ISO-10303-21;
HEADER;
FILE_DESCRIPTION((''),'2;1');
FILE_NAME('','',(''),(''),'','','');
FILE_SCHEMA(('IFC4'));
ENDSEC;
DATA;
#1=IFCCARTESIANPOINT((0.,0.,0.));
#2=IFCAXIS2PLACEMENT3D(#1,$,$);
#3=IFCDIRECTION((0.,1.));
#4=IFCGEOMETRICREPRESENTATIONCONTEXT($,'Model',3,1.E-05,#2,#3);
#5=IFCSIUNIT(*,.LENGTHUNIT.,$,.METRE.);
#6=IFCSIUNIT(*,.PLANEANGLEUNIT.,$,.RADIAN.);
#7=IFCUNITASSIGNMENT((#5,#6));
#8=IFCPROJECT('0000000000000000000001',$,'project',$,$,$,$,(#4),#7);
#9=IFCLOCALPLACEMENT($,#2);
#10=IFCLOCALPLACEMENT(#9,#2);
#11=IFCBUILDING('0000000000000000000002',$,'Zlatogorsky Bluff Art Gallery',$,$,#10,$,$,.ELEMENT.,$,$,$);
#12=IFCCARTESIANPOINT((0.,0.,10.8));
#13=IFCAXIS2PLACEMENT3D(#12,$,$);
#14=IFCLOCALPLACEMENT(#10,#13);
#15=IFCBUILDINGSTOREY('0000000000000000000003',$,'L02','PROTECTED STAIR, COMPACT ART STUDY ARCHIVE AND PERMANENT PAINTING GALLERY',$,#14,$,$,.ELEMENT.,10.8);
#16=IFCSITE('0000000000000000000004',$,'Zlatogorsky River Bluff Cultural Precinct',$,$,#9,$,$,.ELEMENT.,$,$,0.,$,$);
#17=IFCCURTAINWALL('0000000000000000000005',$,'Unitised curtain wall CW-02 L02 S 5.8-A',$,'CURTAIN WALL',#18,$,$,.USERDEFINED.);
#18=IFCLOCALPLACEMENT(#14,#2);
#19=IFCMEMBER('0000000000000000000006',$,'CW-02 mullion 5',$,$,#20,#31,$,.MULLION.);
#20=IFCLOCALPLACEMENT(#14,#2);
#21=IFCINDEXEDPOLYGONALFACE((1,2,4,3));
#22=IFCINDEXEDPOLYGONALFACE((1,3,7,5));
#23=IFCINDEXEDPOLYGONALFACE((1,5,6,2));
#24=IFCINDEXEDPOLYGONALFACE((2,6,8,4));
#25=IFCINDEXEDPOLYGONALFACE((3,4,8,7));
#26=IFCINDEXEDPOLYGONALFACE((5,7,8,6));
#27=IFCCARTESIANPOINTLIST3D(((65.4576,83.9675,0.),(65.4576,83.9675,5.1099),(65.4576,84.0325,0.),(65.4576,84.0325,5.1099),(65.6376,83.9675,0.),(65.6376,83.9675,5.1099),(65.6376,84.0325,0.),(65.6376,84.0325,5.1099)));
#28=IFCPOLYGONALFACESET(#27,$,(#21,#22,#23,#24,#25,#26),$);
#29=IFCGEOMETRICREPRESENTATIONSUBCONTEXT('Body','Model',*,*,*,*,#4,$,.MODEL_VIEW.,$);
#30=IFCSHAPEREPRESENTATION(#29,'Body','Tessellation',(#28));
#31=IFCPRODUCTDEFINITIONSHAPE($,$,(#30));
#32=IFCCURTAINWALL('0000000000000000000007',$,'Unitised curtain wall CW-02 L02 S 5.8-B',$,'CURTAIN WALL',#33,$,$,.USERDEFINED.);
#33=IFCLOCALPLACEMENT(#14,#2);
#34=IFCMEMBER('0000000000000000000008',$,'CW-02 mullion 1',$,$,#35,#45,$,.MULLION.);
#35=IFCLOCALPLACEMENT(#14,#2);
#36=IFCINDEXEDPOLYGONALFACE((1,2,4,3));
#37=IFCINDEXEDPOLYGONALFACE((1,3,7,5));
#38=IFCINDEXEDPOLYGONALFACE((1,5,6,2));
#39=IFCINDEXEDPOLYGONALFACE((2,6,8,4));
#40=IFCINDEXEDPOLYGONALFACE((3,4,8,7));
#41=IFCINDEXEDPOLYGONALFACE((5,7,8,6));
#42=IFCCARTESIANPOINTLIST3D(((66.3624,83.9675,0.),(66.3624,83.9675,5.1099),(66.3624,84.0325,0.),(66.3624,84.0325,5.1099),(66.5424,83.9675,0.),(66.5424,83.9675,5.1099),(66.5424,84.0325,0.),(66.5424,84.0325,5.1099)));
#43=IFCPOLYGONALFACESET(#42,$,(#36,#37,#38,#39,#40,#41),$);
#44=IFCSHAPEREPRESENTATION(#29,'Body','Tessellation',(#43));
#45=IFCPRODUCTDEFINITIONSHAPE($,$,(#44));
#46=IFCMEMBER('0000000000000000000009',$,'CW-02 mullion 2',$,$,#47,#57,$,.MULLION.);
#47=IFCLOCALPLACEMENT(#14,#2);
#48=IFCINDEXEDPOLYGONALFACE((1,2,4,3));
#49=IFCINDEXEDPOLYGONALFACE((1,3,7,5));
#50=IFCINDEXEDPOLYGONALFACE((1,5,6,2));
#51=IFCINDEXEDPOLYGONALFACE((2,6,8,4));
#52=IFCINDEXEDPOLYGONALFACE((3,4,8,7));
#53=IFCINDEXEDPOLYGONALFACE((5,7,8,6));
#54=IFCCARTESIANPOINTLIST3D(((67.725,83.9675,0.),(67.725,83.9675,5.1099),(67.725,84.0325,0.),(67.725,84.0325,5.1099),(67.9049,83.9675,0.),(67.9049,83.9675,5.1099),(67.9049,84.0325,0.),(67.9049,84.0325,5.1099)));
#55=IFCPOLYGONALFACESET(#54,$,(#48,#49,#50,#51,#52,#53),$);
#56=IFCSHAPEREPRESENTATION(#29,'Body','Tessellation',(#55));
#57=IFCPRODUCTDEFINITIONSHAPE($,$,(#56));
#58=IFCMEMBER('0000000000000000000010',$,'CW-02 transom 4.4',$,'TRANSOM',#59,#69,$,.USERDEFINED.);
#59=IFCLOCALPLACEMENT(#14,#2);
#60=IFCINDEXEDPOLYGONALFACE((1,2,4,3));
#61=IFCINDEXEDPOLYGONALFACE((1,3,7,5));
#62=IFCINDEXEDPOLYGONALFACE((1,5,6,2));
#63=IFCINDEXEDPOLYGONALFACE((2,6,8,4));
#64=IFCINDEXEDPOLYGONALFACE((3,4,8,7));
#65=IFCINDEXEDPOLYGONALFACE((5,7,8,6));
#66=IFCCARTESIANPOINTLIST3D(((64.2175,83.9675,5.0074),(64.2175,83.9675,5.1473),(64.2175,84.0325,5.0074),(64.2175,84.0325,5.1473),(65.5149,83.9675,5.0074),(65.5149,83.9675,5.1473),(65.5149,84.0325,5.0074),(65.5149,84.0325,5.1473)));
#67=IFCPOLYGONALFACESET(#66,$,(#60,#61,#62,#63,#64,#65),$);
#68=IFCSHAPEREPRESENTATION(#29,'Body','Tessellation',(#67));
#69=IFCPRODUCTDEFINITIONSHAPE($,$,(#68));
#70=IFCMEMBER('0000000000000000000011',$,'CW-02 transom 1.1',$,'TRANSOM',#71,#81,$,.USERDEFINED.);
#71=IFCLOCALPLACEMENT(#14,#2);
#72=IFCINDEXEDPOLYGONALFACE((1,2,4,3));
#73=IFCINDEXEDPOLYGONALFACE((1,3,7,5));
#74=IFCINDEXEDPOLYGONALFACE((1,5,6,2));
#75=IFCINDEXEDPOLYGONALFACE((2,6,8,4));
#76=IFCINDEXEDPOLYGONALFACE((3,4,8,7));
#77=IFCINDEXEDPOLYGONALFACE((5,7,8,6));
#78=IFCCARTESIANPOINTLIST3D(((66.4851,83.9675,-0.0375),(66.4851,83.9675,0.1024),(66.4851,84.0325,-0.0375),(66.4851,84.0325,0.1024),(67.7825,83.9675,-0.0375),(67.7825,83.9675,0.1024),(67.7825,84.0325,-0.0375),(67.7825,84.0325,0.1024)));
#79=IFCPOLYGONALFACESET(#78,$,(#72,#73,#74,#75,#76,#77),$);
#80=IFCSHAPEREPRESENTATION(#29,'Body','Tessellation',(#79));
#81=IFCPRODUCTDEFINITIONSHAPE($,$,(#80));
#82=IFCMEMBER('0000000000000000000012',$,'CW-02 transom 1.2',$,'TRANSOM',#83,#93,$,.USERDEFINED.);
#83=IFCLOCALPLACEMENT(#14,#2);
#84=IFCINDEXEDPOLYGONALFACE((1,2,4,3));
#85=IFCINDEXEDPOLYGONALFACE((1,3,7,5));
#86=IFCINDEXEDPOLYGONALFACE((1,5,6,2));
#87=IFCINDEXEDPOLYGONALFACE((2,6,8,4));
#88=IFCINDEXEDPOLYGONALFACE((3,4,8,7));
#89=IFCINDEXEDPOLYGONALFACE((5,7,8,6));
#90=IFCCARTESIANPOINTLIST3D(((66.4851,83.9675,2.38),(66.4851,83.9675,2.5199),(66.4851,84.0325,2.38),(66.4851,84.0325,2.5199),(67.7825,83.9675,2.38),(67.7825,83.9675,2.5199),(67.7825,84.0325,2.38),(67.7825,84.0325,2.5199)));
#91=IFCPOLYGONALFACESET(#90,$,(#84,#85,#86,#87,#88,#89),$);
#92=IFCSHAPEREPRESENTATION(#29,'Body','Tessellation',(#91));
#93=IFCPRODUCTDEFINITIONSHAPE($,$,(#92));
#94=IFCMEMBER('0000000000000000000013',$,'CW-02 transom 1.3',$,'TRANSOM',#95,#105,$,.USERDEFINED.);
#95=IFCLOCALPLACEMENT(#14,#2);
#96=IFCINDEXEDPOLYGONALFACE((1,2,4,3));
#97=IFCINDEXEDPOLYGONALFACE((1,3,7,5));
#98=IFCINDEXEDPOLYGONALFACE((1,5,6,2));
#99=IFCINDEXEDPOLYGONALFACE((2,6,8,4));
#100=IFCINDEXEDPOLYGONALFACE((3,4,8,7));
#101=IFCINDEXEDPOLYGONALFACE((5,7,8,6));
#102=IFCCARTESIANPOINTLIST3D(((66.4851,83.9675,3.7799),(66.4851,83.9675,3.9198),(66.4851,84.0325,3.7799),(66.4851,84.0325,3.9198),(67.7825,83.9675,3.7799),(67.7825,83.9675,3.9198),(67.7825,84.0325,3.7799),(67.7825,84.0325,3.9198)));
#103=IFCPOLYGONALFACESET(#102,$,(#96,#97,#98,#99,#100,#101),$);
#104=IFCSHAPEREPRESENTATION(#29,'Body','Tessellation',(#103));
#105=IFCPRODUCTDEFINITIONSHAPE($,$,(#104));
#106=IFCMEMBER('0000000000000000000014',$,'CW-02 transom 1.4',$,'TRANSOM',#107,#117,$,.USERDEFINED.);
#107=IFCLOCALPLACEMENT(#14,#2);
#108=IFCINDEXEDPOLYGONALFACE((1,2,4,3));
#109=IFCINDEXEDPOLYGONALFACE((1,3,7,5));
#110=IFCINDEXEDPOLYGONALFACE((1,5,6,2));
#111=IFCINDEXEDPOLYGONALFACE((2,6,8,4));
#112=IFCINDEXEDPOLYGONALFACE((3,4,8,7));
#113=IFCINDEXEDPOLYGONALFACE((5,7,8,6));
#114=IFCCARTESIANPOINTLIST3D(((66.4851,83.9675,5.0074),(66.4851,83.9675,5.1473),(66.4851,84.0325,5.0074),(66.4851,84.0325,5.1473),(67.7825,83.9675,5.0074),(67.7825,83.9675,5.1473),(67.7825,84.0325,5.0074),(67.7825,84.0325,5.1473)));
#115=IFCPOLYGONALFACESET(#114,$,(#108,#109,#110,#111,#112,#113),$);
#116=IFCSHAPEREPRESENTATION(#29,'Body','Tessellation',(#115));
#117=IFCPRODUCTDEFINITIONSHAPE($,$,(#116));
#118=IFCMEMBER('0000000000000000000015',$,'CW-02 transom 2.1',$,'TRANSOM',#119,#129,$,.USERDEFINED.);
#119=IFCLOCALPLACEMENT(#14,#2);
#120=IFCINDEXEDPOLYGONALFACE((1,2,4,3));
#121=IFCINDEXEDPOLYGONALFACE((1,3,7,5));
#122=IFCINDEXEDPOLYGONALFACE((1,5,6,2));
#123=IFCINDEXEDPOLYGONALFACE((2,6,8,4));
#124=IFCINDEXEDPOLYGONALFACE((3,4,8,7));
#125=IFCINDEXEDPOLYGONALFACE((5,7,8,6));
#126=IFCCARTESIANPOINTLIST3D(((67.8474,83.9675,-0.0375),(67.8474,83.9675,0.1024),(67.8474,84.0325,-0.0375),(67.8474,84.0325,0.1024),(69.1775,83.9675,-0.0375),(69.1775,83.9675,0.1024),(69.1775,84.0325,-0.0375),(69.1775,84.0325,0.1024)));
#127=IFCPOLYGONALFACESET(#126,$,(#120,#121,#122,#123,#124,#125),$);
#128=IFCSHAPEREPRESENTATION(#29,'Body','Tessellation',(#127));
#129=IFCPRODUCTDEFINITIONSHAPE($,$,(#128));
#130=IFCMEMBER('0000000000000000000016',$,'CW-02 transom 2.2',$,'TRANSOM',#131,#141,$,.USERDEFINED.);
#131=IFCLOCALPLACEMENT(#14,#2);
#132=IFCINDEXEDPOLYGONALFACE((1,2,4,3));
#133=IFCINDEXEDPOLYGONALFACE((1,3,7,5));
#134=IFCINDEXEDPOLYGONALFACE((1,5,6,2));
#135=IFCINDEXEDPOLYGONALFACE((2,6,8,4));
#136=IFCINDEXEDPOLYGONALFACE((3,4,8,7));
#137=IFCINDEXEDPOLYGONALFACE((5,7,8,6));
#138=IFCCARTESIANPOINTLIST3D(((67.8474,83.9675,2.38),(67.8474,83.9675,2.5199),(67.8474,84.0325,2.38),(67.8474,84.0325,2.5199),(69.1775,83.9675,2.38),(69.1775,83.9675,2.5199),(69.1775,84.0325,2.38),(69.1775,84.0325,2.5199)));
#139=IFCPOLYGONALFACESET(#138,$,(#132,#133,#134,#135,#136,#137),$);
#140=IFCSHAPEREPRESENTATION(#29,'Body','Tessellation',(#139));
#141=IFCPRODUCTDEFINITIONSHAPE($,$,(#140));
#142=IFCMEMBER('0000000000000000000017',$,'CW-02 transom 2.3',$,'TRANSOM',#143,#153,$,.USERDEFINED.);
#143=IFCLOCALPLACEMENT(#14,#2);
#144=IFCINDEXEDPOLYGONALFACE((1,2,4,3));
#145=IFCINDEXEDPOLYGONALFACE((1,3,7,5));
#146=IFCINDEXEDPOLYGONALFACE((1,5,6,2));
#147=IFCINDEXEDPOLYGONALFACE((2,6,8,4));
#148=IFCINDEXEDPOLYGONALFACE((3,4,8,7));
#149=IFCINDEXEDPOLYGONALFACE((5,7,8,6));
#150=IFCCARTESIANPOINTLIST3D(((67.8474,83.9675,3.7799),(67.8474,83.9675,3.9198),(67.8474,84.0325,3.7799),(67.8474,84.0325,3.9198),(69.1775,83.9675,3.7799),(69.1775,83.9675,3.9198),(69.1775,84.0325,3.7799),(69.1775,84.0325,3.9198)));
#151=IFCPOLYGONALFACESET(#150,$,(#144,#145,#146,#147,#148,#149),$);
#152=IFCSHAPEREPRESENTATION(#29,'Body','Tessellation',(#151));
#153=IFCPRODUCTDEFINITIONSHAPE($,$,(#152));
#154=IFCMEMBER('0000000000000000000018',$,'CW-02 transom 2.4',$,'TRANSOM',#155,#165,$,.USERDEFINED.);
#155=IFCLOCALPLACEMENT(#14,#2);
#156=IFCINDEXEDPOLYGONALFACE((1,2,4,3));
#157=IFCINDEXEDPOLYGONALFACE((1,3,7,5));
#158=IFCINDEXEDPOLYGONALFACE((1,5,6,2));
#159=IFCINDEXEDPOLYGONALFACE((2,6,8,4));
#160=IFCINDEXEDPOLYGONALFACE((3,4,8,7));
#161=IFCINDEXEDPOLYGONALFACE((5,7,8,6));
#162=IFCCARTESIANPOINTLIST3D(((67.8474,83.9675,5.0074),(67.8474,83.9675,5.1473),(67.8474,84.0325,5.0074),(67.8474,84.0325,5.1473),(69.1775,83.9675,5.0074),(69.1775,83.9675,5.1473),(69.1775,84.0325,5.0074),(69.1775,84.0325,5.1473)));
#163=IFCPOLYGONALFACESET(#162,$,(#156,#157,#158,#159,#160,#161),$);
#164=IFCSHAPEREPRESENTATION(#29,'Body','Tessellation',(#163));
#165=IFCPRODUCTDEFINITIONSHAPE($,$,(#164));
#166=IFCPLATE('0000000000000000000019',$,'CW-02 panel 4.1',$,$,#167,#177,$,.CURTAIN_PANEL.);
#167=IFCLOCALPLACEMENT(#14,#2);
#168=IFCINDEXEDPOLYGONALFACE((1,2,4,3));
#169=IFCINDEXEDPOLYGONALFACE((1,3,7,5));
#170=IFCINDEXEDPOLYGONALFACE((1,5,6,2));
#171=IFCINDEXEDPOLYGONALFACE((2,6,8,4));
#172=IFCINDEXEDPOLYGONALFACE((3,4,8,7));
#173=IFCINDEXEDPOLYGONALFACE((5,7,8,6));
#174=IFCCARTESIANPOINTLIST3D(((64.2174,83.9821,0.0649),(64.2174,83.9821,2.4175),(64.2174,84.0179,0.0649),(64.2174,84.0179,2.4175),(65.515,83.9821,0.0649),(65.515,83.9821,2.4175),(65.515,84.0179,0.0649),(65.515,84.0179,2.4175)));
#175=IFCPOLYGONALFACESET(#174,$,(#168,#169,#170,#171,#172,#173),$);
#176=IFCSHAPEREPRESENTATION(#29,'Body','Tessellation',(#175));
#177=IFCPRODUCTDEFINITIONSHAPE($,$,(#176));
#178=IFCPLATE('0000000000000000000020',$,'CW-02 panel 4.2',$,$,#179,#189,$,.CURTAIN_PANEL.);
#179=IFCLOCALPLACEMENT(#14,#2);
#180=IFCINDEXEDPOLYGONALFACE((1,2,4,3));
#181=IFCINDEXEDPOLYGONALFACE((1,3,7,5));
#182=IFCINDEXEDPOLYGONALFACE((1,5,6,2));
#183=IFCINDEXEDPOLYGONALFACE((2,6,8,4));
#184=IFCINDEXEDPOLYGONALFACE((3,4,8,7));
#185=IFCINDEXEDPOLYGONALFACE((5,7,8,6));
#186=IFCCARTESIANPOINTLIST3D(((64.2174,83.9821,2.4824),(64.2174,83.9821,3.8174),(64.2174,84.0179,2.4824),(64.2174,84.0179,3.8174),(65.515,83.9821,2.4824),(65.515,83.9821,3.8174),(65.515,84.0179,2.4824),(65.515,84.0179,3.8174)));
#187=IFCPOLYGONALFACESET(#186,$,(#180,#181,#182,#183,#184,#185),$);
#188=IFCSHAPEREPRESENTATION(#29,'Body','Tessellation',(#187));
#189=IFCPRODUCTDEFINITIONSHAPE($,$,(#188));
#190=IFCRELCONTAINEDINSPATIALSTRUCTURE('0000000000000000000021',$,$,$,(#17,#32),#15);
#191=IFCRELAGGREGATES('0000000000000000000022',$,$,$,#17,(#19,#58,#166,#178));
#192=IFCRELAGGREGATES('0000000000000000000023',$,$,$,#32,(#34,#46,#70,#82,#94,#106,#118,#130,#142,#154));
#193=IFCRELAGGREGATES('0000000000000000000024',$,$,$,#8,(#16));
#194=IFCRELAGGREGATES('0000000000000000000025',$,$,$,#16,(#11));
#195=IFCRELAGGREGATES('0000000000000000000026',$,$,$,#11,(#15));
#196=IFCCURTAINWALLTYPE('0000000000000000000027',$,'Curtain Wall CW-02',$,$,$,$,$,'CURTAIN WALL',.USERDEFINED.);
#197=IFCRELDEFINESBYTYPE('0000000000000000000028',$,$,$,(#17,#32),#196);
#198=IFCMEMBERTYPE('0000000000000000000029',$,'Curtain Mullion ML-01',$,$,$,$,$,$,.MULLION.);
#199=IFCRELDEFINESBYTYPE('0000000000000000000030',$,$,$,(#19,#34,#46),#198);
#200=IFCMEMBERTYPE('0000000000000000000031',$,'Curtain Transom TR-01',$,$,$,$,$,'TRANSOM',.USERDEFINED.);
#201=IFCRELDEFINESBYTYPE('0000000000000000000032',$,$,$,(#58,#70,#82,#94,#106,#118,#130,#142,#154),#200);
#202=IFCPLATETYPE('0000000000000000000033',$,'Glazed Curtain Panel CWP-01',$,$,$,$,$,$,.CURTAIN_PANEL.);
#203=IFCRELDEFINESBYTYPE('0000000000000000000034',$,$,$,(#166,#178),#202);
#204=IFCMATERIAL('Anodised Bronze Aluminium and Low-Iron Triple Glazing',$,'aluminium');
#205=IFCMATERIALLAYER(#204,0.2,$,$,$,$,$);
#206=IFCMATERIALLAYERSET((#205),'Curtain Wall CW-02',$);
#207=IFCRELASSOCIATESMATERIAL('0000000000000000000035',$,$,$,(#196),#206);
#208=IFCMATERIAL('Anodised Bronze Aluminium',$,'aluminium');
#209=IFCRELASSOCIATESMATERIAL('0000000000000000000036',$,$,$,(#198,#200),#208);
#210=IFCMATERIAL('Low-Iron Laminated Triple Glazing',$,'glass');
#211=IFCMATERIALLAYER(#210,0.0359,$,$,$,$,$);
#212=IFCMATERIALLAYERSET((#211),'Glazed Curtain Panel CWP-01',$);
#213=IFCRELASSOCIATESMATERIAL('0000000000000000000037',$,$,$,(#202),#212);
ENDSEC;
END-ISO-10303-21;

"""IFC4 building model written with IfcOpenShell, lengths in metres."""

from ifc_helpers import new_model, si_unit, direction, frame, origin, origin_2d, place, context, subcontext, project, spatial, rectangle, extrude, material, layer, layer_set, material_profile, profile_set, type_object, element, aggregate, save


model = new_model("IFC4")

# Units and contexts
model_context = context("Model", 3, precision=1e-05, world=origin(), true_north=direction((0.0, 1.0)))
body_context = subcontext(model_context, "Body", "Model", "MODEL_VIEW")
ifc_project = project(units=[si_unit("LENGTHUNIT", "METRE"), si_unit("PLANEANGLEUNIT", "RADIAN")], contexts=[model_context])

# Site, building, storey
site_placement = place(None, origin())
site = spatial("IfcSite", under=ifc_project, at=site_placement, Name="Zlatogorsky River Bluff Cultural Precinct", CompositionType="ELEMENT", RefElevation=0.0)
building_placement = place(site_placement, origin())
building = spatial("IfcBuilding", under=site, at=building_placement, Name="Zlatogorsky Bluff Art Gallery", CompositionType="ELEMENT")
storey_placement = place(building_placement, frame((0.0, 0.0, 10.8)))
storey = spatial("IfcBuildingStorey", under=building, at=storey_placement, Name="L02", Description="PROTECTED STAIR, COMPACT ART STUDY ARCHIVE AND PERMANENT PAINTING GALLERY", CompositionType="ELEMENT", Elevation=10.8)

# Curtain wall, member
ifc_material_1 = material(Name="Anodised Bronze Aluminium and Low-Iron Triple Glazing", Category="aluminium")
ifc_layer_1 = layer(ifc_material_1, 0.2)
ifc_layer_set_1 = layer_set([ifc_layer_1], Name="Curtain Wall CW-02")
curtain_wall_type = type_object("IfcCurtainWallType", Name="Curtain Wall CW-02", ElementType="CURTAIN WALL", PredefinedType="USERDEFINED", material=ifc_layer_set_1)
curtain_wall_1_placement = place(storey_placement, origin())
curtain_wall_1 = element("IfcCurtainWall", 1, at=curtain_wall_1_placement, inside=storey, type_object=curtain_wall_type, Name="Unitised curtain wall CW-02 L02 S 5.8-A", ObjectType="CURTAIN WALL", PredefinedType="USERDEFINED")
ifc_material_2 = material(Name="Anodised Bronze Aluminium", Category="aluminium")
ifc_material_profile_1 = material_profile(ifc_material_2, rectangle(XDim=0.0649, YDim=0.1799, at=origin_2d()), Name="ALU MULLION 65x180")
ifc_profile_set_1 = profile_set([ifc_material_profile_1], Name="Anodised Bronze Aluminium")
member_type_1 = type_object("IfcMemberType", Name="Curtain Mullion ML-01", PredefinedType="MULLION", material=ifc_profile_set_1)
member_1_placement = place(storey_placement, frame((65.5476, 84.0, 0.0), z_axis=(0.0, 0.0, 1.0), x_axis=(0.0, 1.0, 0.0)))
member_1 = element("IfcMember", 2, at=member_1_placement, type_object=member_type_1, Name="CW-02 mullion 5", PredefinedType="MULLION", context=body_context, shape_type="SweptSolid", body=[
    extrude(rectangle(XDim=0.0649, YDim=0.1799, at=origin_2d()), origin(), (0.0, 0.0, 1.0), 5.1099),
])

# Curtain wall, members
curtain_wall_2_placement = place(storey_placement, origin())
curtain_wall_2 = element("IfcCurtainWall", 3, at=curtain_wall_2_placement, inside=storey, type_object=curtain_wall_type, Name="Unitised curtain wall CW-02 L02 S 5.8-B", ObjectType="CURTAIN WALL", PredefinedType="USERDEFINED")
member_2_placement = place(storey_placement, frame((66.4524, 84.0, 0.0), z_axis=(0.0, 0.0, 1.0), x_axis=(0.0, 1.0, 0.0)))
member_2 = element("IfcMember", 4, at=member_2_placement, type_object=member_type_1, Name="CW-02 mullion 1", PredefinedType="MULLION", context=body_context, shape_type="SweptSolid", body=[
    extrude(rectangle(XDim=0.0649, YDim=0.1799, at=origin_2d()), origin(), (0.0, 0.0, 1.0), 5.1099),
])
member_3_placement = place(storey_placement, frame((67.8149, 84.0, 0.0), z_axis=(0.0, 0.0, 1.0), x_axis=(0.0, 1.0, 0.0)))
member_3 = element("IfcMember", 5, at=member_3_placement, type_object=member_type_1, Name="CW-02 mullion 2", PredefinedType="MULLION", context=body_context, shape_type="SweptSolid", body=[
    extrude(rectangle(XDim=0.0649, YDim=0.1799, at=origin_2d()), origin(), (0.0, 0.0, 1.0), 5.1099),
])

# Members
ifc_material_profile_2 = material_profile(ifc_material_2, rectangle(XDim=0.0649, YDim=0.1399, at=origin_2d()), Name="ALU TRANSOM 65x140")
ifc_profile_set_2 = profile_set([ifc_material_profile_2], Name="Anodised Bronze Aluminium")
member_type_2 = type_object("IfcMemberType", Name="Curtain Transom TR-01", ElementType="TRANSOM", PredefinedType="USERDEFINED", material=ifc_profile_set_2)
member_4_placement = place(storey_placement, frame((64.2175, 84.0, 5.0774), z_axis=(1.0, 0.0, 0.0), x_axis=(0.0, 1.0, 0.0)))
member_4 = element("IfcMember", 6, at=member_4_placement, type_object=member_type_2, Name="CW-02 transom 4.4", ObjectType="TRANSOM", PredefinedType="USERDEFINED", context=body_context, shape_type="SweptSolid", body=[
    extrude(rectangle(XDim=0.0649, YDim=0.1399, at=origin_2d()), origin(), (0.0, 0.0, 1.0), 1.2974),
])
member_5_placement = place(storey_placement, frame((66.4851, 84.0, 0.0325), z_axis=(1.0, 0.0, 0.0), x_axis=(0.0, 1.0, 0.0)))
member_5 = element("IfcMember", 7, at=member_5_placement, type_object=member_type_2, Name="CW-02 transom 1.1", ObjectType="TRANSOM", PredefinedType="USERDEFINED", context=body_context, shape_type="SweptSolid", body=[
    extrude(rectangle(XDim=0.0649, YDim=0.1399, at=origin_2d()), origin(), (0.0, 0.0, 1.0), 1.2974),
])
member_6_placement = place(storey_placement, frame((66.4851, 84.0, 2.45), z_axis=(1.0, 0.0, 0.0), x_axis=(0.0, 1.0, 0.0)))
member_6 = element("IfcMember", 8, at=member_6_placement, type_object=member_type_2, Name="CW-02 transom 1.2", ObjectType="TRANSOM", PredefinedType="USERDEFINED", context=body_context, shape_type="SweptSolid", body=[
    extrude(rectangle(XDim=0.0649, YDim=0.1399, at=origin_2d()), origin(), (0.0, 0.0, 1.0), 1.2974),
])
member_7_placement = place(storey_placement, frame((66.4851, 84.0, 3.8499), z_axis=(1.0, 0.0, 0.0), x_axis=(0.0, 1.0, 0.0)))
member_7 = element("IfcMember", 9, at=member_7_placement, type_object=member_type_2, Name="CW-02 transom 1.3", ObjectType="TRANSOM", PredefinedType="USERDEFINED", context=body_context, shape_type="SweptSolid", body=[
    extrude(rectangle(XDim=0.0649, YDim=0.1399, at=origin_2d()), origin(), (0.0, 0.0, 1.0), 1.2974),
])
member_8_placement = place(storey_placement, frame((66.4851, 84.0, 5.0774), z_axis=(1.0, 0.0, 0.0), x_axis=(0.0, 1.0, 0.0)))
member_8 = element("IfcMember", 10, at=member_8_placement, type_object=member_type_2, Name="CW-02 transom 1.4", ObjectType="TRANSOM", PredefinedType="USERDEFINED", context=body_context, shape_type="SweptSolid", body=[
    extrude(rectangle(XDim=0.0649, YDim=0.1399, at=origin_2d()), origin(), (0.0, 0.0, 1.0), 1.2974),
])
member_9_placement = place(storey_placement, frame((67.8474, 84.0, 0.0325), z_axis=(1.0, 0.0, 0.0), x_axis=(0.0, 1.0, 0.0)))
member_9 = element("IfcMember", 11, at=member_9_placement, type_object=member_type_2, Name="CW-02 transom 2.1", ObjectType="TRANSOM", PredefinedType="USERDEFINED", context=body_context, shape_type="SweptSolid", body=[
    extrude(rectangle(XDim=0.0649, YDim=0.1399, at=origin_2d()), origin(), (0.0, 0.0, 1.0), 1.3301),
])
member_10_placement = place(storey_placement, frame((67.8474, 84.0, 2.45), z_axis=(1.0, 0.0, 0.0), x_axis=(0.0, 1.0, 0.0)))
member_10 = element("IfcMember", 12, at=member_10_placement, type_object=member_type_2, Name="CW-02 transom 2.2", ObjectType="TRANSOM", PredefinedType="USERDEFINED", context=body_context, shape_type="SweptSolid", body=[
    extrude(rectangle(XDim=0.0649, YDim=0.1399, at=origin_2d()), origin(), (0.0, 0.0, 1.0), 1.3301),
])
member_11_placement = place(storey_placement, frame((67.8474, 84.0, 3.8499), z_axis=(1.0, 0.0, 0.0), x_axis=(0.0, 1.0, 0.0)))
member_11 = element("IfcMember", 13, at=member_11_placement, type_object=member_type_2, Name="CW-02 transom 2.3", ObjectType="TRANSOM", PredefinedType="USERDEFINED", context=body_context, shape_type="SweptSolid", body=[
    extrude(rectangle(XDim=0.0649, YDim=0.1399, at=origin_2d()), origin(), (0.0, 0.0, 1.0), 1.3301),
])
member_12_placement = place(storey_placement, frame((67.8474, 84.0, 5.0774), z_axis=(1.0, 0.0, 0.0), x_axis=(0.0, 1.0, 0.0)))
member_12 = element("IfcMember", 14, at=member_12_placement, type_object=member_type_2, Name="CW-02 transom 2.4", ObjectType="TRANSOM", PredefinedType="USERDEFINED", context=body_context, shape_type="SweptSolid", body=[
    extrude(rectangle(XDim=0.0649, YDim=0.1399, at=origin_2d()), origin(), (0.0, 0.0, 1.0), 1.3301),
])

# Plates
ifc_material_3 = material(Name="Low-Iron Laminated Triple Glazing", Category="glass")
ifc_layer_2 = layer(ifc_material_3, 0.0359)
ifc_layer_set_2 = layer_set([ifc_layer_2], Name="Glazed Curtain Panel CWP-01")
plate_type = type_object("IfcPlateType", Name="Glazed Curtain Panel CWP-01", PredefinedType="CURTAIN_PANEL", material=ifc_layer_set_2)
plate_1_placement = place(storey_placement, frame((64.8662, 84.0, 0.0649), z_axis=(0.0, 0.0, 1.0), x_axis=(1.0, 0.0, 0.0)))
plate_1 = element("IfcPlate", 15, at=plate_1_placement, type_object=plate_type, Name="CW-02 panel 4.1", PredefinedType="CURTAIN_PANEL", context=body_context, shape_type="SweptSolid", body=[
    extrude(rectangle(XDim=1.2976, YDim=0.0359, at=origin_2d()), origin(), (0.0, 0.0, 1.0), 2.3525),
])
plate_2_placement = place(storey_placement, frame((64.8662, 84.0, 2.4824), z_axis=(0.0, 0.0, 1.0), x_axis=(1.0, 0.0, 0.0)))
plate_2 = element("IfcPlate", 16, at=plate_2_placement, type_object=plate_type, Name="CW-02 panel 4.2", PredefinedType="CURTAIN_PANEL", context=body_context, shape_type="SweptSolid", body=[
    extrude(rectangle(XDim=1.2976, YDim=0.0359, at=origin_2d()), origin(), (0.0, 0.0, 1.0), 1.335),
])
aggregate(curtain_wall_1, [member_1, member_4, plate_1, plate_2])
aggregate(curtain_wall_2, [member_2, member_3, member_5, member_6, member_7, member_8, member_9, member_10, member_11, member_12])

save(model, "model.ifc")
